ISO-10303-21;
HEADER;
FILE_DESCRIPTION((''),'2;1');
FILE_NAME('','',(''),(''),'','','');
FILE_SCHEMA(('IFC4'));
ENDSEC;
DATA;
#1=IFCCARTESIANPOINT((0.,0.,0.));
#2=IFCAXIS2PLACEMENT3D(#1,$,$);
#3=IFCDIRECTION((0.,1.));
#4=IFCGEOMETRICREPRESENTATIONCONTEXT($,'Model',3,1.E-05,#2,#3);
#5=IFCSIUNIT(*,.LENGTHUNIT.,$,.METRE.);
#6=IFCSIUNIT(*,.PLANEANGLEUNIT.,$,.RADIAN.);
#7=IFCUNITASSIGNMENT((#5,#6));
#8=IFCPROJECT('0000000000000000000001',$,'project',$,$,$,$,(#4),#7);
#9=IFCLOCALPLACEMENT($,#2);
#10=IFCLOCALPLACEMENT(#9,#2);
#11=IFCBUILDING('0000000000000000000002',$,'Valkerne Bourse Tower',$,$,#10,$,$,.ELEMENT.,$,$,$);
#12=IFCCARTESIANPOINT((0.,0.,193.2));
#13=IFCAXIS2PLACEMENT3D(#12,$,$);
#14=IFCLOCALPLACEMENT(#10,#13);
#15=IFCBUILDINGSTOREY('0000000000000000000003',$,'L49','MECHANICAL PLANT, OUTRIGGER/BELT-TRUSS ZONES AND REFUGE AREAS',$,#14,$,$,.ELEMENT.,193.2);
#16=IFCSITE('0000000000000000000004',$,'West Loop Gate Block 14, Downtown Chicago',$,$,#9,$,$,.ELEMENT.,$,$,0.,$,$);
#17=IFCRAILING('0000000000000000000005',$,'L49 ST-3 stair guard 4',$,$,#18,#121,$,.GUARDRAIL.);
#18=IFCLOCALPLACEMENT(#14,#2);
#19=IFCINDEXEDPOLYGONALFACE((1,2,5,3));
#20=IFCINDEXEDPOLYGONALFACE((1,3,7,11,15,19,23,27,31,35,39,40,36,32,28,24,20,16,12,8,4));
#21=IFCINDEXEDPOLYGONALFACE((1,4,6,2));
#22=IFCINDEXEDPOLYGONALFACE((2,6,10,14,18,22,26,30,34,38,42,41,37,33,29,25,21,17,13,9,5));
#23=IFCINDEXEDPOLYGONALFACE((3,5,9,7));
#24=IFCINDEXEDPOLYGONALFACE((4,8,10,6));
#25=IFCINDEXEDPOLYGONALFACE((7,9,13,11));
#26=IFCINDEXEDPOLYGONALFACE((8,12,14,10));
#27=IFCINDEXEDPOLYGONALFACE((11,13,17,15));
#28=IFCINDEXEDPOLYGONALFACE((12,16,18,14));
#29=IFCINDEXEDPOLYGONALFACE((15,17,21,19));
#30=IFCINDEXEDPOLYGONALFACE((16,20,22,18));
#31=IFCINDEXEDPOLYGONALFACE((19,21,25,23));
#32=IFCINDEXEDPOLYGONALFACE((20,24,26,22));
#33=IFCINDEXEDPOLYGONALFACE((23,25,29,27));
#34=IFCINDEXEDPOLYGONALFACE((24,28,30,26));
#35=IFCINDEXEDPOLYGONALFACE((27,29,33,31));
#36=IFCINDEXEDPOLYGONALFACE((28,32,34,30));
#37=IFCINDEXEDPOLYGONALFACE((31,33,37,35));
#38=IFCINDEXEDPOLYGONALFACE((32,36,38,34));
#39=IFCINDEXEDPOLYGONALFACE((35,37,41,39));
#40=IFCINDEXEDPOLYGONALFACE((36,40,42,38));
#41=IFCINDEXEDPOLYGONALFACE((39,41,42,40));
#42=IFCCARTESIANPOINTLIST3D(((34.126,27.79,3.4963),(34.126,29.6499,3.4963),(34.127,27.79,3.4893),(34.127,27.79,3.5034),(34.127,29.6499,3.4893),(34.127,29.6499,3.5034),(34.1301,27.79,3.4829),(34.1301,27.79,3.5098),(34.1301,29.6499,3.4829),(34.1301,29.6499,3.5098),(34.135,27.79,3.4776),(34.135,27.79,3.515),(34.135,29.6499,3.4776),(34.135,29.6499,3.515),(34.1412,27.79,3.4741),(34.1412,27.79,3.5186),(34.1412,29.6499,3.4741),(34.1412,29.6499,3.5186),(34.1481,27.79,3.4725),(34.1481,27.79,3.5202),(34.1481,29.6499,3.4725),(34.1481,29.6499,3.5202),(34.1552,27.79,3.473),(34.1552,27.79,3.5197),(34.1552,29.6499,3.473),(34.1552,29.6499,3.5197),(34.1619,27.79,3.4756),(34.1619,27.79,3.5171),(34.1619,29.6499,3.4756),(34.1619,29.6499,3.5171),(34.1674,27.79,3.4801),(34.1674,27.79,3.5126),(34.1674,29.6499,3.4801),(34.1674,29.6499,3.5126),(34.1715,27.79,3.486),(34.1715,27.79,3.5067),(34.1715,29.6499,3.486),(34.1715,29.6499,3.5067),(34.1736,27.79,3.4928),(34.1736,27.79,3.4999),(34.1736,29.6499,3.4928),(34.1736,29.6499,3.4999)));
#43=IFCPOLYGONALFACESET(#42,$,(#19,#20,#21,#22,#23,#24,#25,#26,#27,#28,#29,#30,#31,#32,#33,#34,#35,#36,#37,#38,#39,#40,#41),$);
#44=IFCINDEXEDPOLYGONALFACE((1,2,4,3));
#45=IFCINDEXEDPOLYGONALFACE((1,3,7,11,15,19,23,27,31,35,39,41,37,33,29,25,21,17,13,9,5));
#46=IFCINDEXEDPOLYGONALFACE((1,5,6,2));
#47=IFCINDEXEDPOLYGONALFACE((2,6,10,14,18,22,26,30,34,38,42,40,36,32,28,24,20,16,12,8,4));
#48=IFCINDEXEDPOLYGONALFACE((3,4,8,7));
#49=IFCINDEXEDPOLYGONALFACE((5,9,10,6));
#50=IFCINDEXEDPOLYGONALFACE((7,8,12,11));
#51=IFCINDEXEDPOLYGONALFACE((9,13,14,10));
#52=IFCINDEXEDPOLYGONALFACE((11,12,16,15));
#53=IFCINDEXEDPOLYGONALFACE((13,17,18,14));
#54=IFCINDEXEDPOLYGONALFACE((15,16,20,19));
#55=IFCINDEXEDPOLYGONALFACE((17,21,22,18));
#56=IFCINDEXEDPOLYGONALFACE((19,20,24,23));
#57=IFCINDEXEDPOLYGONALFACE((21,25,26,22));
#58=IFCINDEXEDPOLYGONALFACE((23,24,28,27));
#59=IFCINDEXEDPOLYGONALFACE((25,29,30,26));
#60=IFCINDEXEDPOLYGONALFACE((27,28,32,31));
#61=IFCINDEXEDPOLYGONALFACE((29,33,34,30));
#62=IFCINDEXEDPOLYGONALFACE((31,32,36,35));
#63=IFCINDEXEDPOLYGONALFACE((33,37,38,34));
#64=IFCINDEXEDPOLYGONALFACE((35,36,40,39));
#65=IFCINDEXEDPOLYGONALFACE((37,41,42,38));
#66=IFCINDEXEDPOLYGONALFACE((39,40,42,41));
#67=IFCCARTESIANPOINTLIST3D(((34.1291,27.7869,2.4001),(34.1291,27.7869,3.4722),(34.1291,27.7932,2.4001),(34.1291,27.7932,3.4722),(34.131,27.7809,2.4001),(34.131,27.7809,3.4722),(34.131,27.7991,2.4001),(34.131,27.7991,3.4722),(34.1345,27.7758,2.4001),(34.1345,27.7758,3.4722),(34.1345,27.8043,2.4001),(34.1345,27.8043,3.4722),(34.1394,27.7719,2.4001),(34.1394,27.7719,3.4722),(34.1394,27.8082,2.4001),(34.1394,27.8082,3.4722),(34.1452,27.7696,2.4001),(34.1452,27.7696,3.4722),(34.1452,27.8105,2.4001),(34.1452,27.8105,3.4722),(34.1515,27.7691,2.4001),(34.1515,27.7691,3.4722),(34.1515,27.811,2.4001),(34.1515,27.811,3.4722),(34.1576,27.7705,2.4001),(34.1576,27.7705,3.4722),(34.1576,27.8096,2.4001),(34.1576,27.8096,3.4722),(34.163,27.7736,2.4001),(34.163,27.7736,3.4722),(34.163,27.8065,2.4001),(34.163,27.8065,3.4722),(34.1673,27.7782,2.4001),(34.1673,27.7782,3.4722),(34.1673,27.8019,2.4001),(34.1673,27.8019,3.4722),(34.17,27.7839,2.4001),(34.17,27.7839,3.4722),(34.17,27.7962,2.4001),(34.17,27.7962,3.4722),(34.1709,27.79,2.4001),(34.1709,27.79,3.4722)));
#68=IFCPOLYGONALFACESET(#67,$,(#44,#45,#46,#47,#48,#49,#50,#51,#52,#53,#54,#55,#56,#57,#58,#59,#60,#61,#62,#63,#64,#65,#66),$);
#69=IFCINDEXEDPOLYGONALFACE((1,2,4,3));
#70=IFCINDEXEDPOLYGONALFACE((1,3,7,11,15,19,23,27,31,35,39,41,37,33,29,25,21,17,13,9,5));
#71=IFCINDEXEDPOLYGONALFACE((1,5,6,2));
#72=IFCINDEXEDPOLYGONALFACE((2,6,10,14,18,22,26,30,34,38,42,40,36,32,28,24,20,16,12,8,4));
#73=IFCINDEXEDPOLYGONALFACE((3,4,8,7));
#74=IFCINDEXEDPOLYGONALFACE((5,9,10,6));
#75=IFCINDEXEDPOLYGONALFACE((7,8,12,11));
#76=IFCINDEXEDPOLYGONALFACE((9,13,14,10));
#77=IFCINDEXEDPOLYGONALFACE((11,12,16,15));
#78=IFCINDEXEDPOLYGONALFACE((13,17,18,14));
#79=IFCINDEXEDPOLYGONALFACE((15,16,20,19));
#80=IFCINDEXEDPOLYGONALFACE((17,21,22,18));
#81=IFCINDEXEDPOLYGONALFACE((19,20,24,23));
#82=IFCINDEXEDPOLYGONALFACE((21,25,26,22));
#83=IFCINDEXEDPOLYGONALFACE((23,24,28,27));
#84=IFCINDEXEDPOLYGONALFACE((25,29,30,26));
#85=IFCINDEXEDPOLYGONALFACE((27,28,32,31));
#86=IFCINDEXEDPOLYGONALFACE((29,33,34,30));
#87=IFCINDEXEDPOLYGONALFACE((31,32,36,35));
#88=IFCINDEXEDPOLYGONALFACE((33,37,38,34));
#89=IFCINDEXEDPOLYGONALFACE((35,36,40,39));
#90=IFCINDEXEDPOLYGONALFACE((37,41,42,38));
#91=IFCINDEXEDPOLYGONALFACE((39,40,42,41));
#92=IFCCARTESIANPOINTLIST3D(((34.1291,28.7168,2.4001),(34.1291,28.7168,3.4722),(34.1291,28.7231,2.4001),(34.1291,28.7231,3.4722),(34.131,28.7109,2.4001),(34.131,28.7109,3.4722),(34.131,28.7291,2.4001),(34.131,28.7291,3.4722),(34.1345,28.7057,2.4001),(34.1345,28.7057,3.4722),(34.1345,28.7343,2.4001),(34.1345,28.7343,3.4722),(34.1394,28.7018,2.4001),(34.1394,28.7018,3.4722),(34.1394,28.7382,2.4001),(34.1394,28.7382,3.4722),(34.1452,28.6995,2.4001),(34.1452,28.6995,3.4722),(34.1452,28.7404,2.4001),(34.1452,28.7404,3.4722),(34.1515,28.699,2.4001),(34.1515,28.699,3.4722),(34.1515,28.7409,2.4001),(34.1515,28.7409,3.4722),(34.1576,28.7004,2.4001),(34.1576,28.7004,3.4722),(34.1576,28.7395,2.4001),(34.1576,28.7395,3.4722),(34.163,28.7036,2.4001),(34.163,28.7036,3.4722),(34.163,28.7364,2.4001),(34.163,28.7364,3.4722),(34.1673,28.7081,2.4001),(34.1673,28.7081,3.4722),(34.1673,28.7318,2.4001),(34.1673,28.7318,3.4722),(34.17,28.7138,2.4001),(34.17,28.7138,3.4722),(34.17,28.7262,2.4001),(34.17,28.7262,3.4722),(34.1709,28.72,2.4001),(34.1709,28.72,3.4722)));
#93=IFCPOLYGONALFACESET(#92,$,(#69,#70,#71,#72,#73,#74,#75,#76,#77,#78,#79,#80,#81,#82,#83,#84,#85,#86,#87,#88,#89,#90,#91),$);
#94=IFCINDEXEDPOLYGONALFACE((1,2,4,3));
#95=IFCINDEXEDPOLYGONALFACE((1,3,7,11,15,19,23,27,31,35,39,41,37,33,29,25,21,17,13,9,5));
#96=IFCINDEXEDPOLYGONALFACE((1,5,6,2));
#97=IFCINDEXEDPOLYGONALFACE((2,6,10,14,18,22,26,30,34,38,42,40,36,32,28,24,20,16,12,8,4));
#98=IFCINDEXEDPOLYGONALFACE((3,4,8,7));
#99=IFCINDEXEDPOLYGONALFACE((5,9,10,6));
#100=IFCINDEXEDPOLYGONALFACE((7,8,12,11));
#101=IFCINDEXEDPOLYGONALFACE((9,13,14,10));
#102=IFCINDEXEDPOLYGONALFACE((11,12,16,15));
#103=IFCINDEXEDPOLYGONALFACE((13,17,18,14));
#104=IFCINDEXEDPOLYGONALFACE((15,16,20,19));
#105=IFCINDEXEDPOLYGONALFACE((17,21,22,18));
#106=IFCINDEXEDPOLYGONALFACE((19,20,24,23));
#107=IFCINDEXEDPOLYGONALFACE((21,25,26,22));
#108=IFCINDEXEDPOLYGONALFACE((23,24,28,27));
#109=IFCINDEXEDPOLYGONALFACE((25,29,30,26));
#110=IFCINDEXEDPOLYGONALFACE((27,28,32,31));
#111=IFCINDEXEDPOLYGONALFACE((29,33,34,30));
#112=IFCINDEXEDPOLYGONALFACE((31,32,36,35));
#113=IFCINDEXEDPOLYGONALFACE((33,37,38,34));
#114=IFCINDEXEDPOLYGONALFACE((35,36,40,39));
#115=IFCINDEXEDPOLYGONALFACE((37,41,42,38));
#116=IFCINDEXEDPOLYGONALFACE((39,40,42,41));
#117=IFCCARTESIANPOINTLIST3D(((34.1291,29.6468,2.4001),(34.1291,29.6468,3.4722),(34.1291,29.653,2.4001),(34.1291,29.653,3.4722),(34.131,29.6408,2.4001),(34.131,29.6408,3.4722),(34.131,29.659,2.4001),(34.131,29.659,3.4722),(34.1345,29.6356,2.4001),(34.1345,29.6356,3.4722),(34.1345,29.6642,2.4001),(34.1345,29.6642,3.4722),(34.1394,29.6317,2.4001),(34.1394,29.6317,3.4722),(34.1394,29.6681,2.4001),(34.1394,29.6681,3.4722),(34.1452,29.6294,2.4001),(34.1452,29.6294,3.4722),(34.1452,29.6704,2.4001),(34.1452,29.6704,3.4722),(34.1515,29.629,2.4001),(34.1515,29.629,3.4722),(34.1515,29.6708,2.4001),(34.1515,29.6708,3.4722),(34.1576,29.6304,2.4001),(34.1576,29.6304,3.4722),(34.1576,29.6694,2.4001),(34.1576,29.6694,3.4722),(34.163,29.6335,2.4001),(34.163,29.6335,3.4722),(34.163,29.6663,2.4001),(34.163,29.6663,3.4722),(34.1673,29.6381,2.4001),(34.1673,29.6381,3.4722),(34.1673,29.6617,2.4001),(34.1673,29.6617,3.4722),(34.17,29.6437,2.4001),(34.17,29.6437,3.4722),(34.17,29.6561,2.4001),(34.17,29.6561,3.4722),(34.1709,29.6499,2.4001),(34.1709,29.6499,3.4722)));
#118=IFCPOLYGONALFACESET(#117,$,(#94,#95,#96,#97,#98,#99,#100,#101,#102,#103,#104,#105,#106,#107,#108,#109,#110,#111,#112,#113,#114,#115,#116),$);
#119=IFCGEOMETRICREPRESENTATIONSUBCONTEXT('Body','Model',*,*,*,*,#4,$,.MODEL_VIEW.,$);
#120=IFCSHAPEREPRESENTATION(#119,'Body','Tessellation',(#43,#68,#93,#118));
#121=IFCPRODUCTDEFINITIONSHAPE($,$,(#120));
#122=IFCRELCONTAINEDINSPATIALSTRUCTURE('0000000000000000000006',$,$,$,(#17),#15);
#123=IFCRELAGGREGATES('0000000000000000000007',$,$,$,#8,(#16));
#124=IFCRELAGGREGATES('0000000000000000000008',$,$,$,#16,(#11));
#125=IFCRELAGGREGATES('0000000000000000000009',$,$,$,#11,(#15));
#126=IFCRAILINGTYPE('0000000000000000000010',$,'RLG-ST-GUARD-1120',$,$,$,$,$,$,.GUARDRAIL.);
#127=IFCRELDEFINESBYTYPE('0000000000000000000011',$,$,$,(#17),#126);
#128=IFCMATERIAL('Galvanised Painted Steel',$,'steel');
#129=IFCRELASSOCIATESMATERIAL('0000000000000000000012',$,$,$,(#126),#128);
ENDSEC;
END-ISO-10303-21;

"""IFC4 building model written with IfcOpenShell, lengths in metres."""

from ifc_helpers import new_model, si_unit, direction, frame, origin, origin_2d, place, context, subcontext, project, spatial, circle, extrude, material, type_object, element, save


model = new_model("IFC4")

# Units and contexts
model_context = context("Model", 3, precision=1e-05, world=origin(), true_north=direction((0.0, 1.0)))
body_context = subcontext(model_context, "Body", "Model", "MODEL_VIEW")
ifc_project = project(units=[si_unit("LENGTHUNIT", "METRE"), si_unit("PLANEANGLEUNIT", "RADIAN")], contexts=[model_context])

# Site, building, storey
site_placement = place(None, origin())
site = spatial("IfcSite", under=ifc_project, at=site_placement, Name="West Loop Gate Block 14, Downtown Chicago", CompositionType="ELEMENT", RefElevation=0.0)
building_placement = place(site_placement, origin())
building = spatial("IfcBuilding", under=site, at=building_placement, Name="Valkerne Bourse Tower", CompositionType="ELEMENT")
storey_placement = place(building_placement, frame((0.0, 0.0, 193.2)))
storey = spatial("IfcBuildingStorey", under=building, at=storey_placement, Name="L49", Description="MECHANICAL PLANT, OUTRIGGER/BELT-TRUSS ZONES AND REFUGE AREAS", CompositionType="ELEMENT", Elevation=193.2)

# Railing
ifc_material_1 = material(Name="Galvanised Painted Steel", Category="steel")
railing_type_1 = type_object("IfcRailingType", Name="RLG-ST-GUARD-1120", PredefinedType="GUARDRAIL", material=ifc_material_1)
railing_1_placement = place(storey_placement, frame((34.1499, 27.79, 2.4001)))
element("IfcRailing", 1, at=railing_1_placement, inside=storey, type_object=railing_type_1, Name="L49 ST-3 stair guard 4", PredefinedType="GUARDRAIL", context=body_context, shape_type="SweptSolid", body=[
    extrude(circle(Radius=0.0239, at=origin_2d()), frame((0.0, 0.0, 1.0962), z_axis=(0.0, 1.0, 0.0), x_axis=(-1.0, 0.0, 0.0)), (0.0, 0.0, 1.0), 1.8599),
    extrude(circle(Radius=0.021, at=origin_2d()), origin(), (0.0, 0.0, 1.0), 1.072),
    extrude(circle(Radius=0.021, at=origin_2d()), frame((0.0, 0.9299, 0.0)), (0.0, 0.0, 1.0), 1.072),
    extrude(circle(Radius=0.021, at=origin_2d()), frame((0.0, 1.8599, 0.0)), (0.0, 0.0, 1.0), 1.072),
])

save(model, "model.ifc")
